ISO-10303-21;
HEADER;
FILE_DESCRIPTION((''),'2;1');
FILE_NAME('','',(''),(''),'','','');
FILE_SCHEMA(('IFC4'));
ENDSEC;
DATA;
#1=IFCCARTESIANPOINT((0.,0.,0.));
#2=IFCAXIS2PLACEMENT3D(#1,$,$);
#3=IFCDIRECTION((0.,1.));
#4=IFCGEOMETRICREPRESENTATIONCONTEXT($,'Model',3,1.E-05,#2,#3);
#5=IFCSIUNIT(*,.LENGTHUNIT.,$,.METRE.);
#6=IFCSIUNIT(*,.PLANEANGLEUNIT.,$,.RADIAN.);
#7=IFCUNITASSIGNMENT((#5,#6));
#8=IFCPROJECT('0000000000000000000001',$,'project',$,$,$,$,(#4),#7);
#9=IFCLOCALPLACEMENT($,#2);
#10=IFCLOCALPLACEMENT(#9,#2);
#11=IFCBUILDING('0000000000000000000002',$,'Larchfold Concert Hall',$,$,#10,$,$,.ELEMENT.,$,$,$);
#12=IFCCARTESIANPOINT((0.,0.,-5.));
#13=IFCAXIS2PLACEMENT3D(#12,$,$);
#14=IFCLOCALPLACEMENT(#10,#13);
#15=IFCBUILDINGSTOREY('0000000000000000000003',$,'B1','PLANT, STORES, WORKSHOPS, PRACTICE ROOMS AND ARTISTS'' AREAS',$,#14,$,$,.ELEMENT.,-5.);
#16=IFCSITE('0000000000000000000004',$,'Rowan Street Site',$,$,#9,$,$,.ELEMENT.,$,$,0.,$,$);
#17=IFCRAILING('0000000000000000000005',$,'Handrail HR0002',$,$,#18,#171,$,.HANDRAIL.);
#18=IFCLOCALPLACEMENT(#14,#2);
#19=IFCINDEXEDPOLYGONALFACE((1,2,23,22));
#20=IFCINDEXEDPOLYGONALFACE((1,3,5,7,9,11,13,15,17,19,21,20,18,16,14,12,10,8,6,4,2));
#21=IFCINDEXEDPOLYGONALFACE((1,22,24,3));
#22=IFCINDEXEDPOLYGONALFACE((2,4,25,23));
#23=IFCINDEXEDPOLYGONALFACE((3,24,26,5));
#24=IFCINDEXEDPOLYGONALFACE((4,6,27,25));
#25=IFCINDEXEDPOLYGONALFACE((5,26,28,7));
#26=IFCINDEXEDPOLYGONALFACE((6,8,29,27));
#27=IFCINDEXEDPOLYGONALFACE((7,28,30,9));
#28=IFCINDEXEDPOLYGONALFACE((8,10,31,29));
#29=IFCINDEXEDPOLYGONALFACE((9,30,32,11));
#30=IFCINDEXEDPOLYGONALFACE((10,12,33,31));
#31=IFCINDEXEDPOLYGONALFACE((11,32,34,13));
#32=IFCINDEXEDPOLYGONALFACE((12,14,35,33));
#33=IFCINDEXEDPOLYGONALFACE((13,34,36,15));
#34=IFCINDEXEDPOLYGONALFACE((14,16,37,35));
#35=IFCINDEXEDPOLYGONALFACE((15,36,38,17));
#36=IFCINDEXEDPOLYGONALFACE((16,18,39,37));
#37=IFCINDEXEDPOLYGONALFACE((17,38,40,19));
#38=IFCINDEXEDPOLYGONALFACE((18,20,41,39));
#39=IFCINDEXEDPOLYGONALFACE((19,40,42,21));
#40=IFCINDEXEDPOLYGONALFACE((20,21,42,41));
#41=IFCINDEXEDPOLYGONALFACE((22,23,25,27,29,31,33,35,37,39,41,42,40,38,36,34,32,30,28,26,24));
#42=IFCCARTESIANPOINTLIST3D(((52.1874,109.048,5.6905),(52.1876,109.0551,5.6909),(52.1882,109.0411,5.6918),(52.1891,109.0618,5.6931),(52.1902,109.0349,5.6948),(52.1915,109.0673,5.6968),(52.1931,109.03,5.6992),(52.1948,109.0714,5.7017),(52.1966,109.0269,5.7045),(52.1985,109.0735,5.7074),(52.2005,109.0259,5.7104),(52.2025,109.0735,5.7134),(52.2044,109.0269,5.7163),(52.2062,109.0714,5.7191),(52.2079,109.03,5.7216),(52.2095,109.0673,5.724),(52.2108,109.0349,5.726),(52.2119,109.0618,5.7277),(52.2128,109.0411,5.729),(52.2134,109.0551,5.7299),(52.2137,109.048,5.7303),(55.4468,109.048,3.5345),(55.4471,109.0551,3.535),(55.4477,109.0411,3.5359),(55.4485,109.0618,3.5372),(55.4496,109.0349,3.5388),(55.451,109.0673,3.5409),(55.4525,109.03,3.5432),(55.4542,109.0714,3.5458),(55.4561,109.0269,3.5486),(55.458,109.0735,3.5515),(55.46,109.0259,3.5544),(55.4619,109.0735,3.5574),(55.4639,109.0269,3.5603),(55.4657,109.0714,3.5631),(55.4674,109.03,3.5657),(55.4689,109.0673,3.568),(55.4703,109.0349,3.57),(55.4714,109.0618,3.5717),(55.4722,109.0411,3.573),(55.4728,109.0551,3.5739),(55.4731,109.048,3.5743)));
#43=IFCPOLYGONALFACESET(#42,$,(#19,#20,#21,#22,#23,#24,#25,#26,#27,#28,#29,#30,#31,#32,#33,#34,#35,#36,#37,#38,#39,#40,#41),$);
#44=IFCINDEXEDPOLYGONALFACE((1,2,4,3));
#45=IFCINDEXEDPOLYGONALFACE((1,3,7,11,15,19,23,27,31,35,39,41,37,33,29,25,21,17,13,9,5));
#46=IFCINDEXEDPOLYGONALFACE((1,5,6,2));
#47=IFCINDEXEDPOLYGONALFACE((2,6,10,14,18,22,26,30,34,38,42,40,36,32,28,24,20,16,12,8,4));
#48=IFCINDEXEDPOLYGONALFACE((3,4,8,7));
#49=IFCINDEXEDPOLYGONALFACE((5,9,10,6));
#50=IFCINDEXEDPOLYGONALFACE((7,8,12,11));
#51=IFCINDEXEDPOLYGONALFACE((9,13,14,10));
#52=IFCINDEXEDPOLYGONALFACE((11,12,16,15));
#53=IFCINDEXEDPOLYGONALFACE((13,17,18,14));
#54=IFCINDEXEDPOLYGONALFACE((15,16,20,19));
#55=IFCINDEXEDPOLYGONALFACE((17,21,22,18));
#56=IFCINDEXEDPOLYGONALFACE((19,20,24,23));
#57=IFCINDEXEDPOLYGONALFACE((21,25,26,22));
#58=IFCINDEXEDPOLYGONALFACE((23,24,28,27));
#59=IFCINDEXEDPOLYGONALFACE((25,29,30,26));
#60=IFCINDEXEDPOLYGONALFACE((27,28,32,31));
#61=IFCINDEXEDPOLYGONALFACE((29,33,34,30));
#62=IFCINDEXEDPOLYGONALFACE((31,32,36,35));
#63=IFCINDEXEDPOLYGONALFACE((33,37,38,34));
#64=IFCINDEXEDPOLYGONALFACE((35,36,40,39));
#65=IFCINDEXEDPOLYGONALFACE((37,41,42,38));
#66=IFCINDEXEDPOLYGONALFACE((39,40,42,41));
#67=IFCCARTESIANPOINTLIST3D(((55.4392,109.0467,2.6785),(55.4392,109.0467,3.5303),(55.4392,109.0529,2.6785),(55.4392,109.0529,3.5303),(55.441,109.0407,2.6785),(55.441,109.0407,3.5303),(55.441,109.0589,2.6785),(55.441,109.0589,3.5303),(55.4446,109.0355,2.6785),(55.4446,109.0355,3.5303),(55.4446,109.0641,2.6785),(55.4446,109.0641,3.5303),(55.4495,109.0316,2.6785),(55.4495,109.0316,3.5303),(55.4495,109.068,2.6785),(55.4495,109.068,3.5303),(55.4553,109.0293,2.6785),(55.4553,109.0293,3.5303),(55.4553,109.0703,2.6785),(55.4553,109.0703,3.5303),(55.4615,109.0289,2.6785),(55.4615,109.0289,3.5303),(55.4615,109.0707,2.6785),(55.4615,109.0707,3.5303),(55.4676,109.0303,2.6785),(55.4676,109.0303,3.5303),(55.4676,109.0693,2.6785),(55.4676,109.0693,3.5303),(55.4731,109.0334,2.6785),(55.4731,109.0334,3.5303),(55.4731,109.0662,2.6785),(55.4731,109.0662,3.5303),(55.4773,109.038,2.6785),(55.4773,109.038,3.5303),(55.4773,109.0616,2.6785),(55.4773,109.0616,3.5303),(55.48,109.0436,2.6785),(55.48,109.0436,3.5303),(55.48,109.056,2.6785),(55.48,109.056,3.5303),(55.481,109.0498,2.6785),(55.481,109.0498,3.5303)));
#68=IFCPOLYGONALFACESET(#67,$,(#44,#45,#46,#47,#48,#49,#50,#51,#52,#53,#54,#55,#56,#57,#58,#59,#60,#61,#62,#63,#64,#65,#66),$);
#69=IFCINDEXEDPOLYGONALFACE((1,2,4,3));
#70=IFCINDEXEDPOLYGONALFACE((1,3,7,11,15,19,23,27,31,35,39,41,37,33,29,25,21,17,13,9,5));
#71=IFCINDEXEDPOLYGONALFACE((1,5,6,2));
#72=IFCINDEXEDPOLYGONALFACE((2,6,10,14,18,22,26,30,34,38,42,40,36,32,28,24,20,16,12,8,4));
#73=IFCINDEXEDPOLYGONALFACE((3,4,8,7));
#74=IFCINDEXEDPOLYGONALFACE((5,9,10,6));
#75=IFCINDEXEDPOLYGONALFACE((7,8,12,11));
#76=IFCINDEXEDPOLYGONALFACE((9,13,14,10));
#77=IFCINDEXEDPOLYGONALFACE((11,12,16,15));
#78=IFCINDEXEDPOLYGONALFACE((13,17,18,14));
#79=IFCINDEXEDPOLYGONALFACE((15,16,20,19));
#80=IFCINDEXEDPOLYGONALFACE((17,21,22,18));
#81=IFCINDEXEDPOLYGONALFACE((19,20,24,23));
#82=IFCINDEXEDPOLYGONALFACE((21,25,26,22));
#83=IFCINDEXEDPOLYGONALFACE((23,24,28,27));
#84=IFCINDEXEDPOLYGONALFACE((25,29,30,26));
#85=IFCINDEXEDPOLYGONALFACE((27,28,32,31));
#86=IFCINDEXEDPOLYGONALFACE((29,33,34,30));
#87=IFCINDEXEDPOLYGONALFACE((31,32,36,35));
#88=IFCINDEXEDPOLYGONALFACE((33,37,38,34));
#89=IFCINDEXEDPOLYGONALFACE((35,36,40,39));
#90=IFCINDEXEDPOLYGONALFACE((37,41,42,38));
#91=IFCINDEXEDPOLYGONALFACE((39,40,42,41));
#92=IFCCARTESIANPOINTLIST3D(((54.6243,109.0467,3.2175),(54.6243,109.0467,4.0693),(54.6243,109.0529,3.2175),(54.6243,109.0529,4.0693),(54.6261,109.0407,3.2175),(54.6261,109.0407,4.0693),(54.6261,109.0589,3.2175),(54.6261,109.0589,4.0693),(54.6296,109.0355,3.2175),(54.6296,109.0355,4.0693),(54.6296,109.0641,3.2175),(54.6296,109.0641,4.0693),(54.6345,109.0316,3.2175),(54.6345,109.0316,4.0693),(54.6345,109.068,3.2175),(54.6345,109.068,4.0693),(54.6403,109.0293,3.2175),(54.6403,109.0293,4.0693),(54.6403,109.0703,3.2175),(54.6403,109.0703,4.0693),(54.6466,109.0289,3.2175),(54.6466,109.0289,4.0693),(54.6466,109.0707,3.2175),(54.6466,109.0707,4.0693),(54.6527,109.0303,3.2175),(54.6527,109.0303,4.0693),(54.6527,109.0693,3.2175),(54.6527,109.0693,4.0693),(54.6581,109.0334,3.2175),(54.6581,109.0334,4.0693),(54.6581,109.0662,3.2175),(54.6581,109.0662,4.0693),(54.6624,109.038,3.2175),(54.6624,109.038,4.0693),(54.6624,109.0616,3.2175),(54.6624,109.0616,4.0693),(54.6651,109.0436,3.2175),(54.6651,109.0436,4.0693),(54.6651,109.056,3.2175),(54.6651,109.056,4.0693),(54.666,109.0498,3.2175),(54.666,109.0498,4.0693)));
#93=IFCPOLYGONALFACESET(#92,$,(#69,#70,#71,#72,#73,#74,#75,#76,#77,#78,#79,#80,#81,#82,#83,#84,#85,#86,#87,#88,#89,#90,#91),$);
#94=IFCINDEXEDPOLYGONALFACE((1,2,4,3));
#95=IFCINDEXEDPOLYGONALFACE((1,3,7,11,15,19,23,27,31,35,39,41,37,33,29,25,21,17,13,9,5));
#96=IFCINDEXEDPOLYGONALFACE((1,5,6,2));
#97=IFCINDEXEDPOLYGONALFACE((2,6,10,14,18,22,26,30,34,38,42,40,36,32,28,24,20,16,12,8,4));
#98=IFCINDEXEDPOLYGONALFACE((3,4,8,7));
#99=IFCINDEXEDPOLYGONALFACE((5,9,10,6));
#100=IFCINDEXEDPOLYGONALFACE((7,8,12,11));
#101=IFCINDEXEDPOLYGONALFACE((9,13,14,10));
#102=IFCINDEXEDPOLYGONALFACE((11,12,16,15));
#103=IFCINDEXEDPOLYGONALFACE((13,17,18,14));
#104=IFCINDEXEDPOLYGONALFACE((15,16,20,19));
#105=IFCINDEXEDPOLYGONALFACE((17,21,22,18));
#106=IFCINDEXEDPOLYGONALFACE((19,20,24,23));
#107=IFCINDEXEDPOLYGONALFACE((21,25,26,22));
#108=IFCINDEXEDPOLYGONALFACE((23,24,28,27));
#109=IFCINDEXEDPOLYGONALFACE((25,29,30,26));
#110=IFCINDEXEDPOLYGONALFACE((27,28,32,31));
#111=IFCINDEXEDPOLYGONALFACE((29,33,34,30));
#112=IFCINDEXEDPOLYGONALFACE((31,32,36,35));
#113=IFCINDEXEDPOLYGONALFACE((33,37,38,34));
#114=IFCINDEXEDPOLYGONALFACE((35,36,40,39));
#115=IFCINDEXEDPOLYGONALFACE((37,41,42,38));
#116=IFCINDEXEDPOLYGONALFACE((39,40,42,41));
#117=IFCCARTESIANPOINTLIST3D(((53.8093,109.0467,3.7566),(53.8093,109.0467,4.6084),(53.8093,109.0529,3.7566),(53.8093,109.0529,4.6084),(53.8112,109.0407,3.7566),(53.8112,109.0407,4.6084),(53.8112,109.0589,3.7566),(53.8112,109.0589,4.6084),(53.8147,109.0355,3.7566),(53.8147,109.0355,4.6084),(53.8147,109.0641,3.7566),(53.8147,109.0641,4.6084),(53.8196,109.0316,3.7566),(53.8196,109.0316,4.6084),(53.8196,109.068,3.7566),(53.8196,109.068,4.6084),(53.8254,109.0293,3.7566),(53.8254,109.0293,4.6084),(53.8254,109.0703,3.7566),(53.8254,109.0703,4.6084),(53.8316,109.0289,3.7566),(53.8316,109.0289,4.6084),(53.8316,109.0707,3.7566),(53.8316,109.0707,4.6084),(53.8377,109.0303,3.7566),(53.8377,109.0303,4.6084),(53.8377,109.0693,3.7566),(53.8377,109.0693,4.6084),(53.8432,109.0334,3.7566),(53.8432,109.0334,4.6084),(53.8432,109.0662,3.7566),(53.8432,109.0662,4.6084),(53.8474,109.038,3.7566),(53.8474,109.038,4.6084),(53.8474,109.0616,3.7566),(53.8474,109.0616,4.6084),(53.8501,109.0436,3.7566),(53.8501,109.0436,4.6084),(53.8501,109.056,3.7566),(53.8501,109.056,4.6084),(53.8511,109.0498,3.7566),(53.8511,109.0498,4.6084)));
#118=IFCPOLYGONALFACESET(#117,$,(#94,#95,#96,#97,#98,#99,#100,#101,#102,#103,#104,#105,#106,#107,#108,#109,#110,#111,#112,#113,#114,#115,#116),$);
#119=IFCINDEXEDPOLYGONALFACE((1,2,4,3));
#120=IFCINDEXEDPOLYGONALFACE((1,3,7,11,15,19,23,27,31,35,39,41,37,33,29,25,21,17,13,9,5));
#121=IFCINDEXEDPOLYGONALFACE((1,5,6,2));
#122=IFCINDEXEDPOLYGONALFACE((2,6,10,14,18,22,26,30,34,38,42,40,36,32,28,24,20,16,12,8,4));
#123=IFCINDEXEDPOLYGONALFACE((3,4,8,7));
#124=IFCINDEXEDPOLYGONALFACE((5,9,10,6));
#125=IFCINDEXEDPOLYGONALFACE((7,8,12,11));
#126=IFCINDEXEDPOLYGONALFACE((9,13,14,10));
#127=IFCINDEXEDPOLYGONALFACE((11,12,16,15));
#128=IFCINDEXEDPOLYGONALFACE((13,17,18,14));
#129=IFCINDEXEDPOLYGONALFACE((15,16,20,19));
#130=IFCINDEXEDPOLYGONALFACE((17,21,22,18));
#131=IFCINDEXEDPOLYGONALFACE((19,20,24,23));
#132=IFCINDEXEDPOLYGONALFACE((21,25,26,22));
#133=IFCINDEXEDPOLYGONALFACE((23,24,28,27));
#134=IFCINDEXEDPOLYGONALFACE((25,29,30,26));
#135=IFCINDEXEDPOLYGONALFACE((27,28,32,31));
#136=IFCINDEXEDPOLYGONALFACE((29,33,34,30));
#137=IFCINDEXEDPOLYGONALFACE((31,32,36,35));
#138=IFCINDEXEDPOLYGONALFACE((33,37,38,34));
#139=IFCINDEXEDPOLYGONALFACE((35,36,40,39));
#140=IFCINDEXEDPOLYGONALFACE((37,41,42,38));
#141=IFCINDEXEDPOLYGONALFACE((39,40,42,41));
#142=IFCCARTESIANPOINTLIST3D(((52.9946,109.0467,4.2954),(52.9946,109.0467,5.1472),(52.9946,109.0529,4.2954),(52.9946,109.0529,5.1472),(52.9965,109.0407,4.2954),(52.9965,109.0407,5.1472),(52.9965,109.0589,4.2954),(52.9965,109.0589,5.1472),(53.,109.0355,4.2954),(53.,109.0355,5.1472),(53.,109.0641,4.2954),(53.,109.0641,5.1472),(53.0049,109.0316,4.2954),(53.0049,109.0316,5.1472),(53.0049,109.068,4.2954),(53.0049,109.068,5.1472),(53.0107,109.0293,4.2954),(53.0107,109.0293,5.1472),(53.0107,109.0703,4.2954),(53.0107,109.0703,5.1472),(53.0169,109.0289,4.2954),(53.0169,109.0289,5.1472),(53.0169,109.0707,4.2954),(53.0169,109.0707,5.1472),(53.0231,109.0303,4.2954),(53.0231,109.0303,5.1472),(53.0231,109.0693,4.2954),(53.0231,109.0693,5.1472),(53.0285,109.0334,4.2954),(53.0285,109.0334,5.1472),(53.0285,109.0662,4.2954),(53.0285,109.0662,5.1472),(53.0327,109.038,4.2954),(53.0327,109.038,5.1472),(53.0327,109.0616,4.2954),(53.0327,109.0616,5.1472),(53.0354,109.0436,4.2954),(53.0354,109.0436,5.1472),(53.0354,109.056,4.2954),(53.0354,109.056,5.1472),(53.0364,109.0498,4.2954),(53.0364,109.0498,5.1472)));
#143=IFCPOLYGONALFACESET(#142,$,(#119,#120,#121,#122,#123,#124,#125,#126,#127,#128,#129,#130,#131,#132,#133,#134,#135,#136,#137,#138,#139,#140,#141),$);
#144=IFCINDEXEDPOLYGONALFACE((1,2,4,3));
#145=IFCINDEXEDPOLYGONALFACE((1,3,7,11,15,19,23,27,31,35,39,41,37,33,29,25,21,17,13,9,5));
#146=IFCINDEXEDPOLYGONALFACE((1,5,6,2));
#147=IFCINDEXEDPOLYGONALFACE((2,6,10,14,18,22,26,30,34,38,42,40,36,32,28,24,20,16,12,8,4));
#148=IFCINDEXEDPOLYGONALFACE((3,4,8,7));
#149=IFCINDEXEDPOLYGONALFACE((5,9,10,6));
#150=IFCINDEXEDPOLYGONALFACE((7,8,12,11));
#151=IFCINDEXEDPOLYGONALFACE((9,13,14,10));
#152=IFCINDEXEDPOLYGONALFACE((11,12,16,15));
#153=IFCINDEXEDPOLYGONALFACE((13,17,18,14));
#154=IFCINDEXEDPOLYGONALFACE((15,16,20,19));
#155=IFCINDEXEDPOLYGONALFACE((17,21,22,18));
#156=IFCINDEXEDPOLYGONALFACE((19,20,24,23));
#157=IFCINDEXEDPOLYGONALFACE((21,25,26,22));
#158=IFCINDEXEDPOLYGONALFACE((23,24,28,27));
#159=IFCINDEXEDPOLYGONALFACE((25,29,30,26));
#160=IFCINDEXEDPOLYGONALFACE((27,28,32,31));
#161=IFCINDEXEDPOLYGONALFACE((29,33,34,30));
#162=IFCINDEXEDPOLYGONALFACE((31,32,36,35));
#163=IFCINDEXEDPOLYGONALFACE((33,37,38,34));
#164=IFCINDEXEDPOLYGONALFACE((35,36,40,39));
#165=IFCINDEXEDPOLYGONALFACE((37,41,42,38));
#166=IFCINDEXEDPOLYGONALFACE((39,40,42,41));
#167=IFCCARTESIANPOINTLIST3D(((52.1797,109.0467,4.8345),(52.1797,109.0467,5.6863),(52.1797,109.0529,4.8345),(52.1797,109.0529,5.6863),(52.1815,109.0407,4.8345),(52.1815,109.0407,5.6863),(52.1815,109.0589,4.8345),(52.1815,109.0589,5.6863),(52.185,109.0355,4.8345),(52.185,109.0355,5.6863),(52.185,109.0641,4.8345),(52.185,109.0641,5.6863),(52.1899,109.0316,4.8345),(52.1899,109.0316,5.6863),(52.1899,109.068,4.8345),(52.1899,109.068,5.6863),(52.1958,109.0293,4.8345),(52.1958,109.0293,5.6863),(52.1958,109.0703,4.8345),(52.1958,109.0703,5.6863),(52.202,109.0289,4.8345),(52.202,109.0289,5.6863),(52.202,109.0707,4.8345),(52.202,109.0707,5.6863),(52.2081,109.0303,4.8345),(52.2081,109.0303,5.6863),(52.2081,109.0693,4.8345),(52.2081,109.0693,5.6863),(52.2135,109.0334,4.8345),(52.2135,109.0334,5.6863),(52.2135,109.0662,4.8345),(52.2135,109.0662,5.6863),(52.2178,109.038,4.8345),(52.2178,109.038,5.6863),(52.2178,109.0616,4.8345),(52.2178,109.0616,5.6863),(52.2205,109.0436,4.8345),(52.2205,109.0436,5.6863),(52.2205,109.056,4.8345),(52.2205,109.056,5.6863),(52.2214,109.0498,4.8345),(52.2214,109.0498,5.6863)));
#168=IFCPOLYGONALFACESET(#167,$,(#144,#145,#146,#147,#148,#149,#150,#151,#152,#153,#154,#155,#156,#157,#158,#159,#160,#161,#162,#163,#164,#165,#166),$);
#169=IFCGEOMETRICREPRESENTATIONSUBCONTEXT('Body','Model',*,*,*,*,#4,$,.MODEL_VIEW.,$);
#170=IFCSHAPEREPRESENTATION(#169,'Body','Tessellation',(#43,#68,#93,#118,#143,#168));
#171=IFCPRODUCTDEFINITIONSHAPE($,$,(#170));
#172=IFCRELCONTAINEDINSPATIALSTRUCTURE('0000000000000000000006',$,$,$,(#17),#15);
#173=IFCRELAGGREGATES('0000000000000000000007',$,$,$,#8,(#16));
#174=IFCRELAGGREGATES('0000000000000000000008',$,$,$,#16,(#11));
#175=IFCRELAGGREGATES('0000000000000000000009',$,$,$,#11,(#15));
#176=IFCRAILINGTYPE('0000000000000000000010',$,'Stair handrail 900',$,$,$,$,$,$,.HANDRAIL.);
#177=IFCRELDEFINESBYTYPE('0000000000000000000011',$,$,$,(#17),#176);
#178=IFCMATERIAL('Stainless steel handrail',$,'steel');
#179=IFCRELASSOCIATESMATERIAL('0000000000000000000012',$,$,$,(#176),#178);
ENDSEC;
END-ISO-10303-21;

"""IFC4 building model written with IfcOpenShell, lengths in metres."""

from ifc_helpers import new_model, si_unit, direction, frame, origin, origin_2d, place, context, subcontext, project, spatial, circle, extrude, material, type_object, element, save


model = new_model("IFC4")

# Units and contexts
model_context = context("Model", 3, precision=1e-05, world=origin(), true_north=direction((0.0, 1.0)))
body_context = subcontext(model_context, "Body", "Model", "MODEL_VIEW")
ifc_project = project(units=[si_unit("LENGTHUNIT", "METRE"), si_unit("PLANEANGLEUNIT", "RADIAN")], contexts=[model_context])

# Site, building, storey
site_placement = place(None, origin())
site = spatial("IfcSite", under=ifc_project, at=site_placement, Name="Rowan Street Site", CompositionType="ELEMENT", RefElevation=0.0)
building_placement = place(site_placement, origin())
building = spatial("IfcBuilding", under=site, at=building_placement, Name="Larchfold Concert Hall", CompositionType="ELEMENT")
storey_placement = place(building_placement, frame((0.0, 0.0, -5.0)))
storey = spatial("IfcBuildingStorey", under=building, at=storey_placement, Name="B1", Description="PLANT, STORES, WORKSHOPS, PRACTICE ROOMS AND ARTISTS' AREAS", CompositionType="ELEMENT", Elevation=-5.0)

# Railing
ifc_material_1 = material(Name="Stainless steel handrail", Category="steel")
railing_type_1 = type_object("IfcRailingType", Name="Stair handrail 900", PredefinedType="HANDRAIL", material=ifc_material_1)
railing_1_placement = place(storey_placement, frame((55.46, 109.0498, 2.6785)))
element("IfcRailing", 1, at=railing_1_placement, inside=storey, type_object=railing_type_1, Name="Handrail HR0002", PredefinedType="HANDRAIL", context=body_context, shape_type="SweptSolid", body=[
    extrude(circle(Radius=0.0239, at=origin_2d()), frame((0.0, 0.0, 0.876), z_axis=(-0.834054, 0.0, 0.551684), x_axis=(0.0, -1.0, 0.0)), (0.0, 0.0, 1.0), 3.908),
    extrude(circle(Radius=0.021, at=origin_2d()), origin(), (0.0, 0.0, 1.0), 0.8518),
    extrude(circle(Radius=0.021, at=origin_2d()), frame((-0.8149, 0.0, 0.5391)), (0.0, 0.0, 1.0), 0.8518),
    extrude(circle(Radius=0.021, at=origin_2d()), frame((-1.6299, 0.0, 1.0781)), (0.0, 0.0, 1.0), 0.8518),
    extrude(circle(Radius=0.021, at=origin_2d()), frame((-2.4446, 0.0, 1.6169)), (0.0, 0.0, 1.0), 0.8518),
    extrude(circle(Radius=0.021, at=origin_2d()), frame((-3.2595, 0.0, 2.156)), (0.0, 0.0, 1.0), 0.8518),
])

save(model, "model.ifc")
